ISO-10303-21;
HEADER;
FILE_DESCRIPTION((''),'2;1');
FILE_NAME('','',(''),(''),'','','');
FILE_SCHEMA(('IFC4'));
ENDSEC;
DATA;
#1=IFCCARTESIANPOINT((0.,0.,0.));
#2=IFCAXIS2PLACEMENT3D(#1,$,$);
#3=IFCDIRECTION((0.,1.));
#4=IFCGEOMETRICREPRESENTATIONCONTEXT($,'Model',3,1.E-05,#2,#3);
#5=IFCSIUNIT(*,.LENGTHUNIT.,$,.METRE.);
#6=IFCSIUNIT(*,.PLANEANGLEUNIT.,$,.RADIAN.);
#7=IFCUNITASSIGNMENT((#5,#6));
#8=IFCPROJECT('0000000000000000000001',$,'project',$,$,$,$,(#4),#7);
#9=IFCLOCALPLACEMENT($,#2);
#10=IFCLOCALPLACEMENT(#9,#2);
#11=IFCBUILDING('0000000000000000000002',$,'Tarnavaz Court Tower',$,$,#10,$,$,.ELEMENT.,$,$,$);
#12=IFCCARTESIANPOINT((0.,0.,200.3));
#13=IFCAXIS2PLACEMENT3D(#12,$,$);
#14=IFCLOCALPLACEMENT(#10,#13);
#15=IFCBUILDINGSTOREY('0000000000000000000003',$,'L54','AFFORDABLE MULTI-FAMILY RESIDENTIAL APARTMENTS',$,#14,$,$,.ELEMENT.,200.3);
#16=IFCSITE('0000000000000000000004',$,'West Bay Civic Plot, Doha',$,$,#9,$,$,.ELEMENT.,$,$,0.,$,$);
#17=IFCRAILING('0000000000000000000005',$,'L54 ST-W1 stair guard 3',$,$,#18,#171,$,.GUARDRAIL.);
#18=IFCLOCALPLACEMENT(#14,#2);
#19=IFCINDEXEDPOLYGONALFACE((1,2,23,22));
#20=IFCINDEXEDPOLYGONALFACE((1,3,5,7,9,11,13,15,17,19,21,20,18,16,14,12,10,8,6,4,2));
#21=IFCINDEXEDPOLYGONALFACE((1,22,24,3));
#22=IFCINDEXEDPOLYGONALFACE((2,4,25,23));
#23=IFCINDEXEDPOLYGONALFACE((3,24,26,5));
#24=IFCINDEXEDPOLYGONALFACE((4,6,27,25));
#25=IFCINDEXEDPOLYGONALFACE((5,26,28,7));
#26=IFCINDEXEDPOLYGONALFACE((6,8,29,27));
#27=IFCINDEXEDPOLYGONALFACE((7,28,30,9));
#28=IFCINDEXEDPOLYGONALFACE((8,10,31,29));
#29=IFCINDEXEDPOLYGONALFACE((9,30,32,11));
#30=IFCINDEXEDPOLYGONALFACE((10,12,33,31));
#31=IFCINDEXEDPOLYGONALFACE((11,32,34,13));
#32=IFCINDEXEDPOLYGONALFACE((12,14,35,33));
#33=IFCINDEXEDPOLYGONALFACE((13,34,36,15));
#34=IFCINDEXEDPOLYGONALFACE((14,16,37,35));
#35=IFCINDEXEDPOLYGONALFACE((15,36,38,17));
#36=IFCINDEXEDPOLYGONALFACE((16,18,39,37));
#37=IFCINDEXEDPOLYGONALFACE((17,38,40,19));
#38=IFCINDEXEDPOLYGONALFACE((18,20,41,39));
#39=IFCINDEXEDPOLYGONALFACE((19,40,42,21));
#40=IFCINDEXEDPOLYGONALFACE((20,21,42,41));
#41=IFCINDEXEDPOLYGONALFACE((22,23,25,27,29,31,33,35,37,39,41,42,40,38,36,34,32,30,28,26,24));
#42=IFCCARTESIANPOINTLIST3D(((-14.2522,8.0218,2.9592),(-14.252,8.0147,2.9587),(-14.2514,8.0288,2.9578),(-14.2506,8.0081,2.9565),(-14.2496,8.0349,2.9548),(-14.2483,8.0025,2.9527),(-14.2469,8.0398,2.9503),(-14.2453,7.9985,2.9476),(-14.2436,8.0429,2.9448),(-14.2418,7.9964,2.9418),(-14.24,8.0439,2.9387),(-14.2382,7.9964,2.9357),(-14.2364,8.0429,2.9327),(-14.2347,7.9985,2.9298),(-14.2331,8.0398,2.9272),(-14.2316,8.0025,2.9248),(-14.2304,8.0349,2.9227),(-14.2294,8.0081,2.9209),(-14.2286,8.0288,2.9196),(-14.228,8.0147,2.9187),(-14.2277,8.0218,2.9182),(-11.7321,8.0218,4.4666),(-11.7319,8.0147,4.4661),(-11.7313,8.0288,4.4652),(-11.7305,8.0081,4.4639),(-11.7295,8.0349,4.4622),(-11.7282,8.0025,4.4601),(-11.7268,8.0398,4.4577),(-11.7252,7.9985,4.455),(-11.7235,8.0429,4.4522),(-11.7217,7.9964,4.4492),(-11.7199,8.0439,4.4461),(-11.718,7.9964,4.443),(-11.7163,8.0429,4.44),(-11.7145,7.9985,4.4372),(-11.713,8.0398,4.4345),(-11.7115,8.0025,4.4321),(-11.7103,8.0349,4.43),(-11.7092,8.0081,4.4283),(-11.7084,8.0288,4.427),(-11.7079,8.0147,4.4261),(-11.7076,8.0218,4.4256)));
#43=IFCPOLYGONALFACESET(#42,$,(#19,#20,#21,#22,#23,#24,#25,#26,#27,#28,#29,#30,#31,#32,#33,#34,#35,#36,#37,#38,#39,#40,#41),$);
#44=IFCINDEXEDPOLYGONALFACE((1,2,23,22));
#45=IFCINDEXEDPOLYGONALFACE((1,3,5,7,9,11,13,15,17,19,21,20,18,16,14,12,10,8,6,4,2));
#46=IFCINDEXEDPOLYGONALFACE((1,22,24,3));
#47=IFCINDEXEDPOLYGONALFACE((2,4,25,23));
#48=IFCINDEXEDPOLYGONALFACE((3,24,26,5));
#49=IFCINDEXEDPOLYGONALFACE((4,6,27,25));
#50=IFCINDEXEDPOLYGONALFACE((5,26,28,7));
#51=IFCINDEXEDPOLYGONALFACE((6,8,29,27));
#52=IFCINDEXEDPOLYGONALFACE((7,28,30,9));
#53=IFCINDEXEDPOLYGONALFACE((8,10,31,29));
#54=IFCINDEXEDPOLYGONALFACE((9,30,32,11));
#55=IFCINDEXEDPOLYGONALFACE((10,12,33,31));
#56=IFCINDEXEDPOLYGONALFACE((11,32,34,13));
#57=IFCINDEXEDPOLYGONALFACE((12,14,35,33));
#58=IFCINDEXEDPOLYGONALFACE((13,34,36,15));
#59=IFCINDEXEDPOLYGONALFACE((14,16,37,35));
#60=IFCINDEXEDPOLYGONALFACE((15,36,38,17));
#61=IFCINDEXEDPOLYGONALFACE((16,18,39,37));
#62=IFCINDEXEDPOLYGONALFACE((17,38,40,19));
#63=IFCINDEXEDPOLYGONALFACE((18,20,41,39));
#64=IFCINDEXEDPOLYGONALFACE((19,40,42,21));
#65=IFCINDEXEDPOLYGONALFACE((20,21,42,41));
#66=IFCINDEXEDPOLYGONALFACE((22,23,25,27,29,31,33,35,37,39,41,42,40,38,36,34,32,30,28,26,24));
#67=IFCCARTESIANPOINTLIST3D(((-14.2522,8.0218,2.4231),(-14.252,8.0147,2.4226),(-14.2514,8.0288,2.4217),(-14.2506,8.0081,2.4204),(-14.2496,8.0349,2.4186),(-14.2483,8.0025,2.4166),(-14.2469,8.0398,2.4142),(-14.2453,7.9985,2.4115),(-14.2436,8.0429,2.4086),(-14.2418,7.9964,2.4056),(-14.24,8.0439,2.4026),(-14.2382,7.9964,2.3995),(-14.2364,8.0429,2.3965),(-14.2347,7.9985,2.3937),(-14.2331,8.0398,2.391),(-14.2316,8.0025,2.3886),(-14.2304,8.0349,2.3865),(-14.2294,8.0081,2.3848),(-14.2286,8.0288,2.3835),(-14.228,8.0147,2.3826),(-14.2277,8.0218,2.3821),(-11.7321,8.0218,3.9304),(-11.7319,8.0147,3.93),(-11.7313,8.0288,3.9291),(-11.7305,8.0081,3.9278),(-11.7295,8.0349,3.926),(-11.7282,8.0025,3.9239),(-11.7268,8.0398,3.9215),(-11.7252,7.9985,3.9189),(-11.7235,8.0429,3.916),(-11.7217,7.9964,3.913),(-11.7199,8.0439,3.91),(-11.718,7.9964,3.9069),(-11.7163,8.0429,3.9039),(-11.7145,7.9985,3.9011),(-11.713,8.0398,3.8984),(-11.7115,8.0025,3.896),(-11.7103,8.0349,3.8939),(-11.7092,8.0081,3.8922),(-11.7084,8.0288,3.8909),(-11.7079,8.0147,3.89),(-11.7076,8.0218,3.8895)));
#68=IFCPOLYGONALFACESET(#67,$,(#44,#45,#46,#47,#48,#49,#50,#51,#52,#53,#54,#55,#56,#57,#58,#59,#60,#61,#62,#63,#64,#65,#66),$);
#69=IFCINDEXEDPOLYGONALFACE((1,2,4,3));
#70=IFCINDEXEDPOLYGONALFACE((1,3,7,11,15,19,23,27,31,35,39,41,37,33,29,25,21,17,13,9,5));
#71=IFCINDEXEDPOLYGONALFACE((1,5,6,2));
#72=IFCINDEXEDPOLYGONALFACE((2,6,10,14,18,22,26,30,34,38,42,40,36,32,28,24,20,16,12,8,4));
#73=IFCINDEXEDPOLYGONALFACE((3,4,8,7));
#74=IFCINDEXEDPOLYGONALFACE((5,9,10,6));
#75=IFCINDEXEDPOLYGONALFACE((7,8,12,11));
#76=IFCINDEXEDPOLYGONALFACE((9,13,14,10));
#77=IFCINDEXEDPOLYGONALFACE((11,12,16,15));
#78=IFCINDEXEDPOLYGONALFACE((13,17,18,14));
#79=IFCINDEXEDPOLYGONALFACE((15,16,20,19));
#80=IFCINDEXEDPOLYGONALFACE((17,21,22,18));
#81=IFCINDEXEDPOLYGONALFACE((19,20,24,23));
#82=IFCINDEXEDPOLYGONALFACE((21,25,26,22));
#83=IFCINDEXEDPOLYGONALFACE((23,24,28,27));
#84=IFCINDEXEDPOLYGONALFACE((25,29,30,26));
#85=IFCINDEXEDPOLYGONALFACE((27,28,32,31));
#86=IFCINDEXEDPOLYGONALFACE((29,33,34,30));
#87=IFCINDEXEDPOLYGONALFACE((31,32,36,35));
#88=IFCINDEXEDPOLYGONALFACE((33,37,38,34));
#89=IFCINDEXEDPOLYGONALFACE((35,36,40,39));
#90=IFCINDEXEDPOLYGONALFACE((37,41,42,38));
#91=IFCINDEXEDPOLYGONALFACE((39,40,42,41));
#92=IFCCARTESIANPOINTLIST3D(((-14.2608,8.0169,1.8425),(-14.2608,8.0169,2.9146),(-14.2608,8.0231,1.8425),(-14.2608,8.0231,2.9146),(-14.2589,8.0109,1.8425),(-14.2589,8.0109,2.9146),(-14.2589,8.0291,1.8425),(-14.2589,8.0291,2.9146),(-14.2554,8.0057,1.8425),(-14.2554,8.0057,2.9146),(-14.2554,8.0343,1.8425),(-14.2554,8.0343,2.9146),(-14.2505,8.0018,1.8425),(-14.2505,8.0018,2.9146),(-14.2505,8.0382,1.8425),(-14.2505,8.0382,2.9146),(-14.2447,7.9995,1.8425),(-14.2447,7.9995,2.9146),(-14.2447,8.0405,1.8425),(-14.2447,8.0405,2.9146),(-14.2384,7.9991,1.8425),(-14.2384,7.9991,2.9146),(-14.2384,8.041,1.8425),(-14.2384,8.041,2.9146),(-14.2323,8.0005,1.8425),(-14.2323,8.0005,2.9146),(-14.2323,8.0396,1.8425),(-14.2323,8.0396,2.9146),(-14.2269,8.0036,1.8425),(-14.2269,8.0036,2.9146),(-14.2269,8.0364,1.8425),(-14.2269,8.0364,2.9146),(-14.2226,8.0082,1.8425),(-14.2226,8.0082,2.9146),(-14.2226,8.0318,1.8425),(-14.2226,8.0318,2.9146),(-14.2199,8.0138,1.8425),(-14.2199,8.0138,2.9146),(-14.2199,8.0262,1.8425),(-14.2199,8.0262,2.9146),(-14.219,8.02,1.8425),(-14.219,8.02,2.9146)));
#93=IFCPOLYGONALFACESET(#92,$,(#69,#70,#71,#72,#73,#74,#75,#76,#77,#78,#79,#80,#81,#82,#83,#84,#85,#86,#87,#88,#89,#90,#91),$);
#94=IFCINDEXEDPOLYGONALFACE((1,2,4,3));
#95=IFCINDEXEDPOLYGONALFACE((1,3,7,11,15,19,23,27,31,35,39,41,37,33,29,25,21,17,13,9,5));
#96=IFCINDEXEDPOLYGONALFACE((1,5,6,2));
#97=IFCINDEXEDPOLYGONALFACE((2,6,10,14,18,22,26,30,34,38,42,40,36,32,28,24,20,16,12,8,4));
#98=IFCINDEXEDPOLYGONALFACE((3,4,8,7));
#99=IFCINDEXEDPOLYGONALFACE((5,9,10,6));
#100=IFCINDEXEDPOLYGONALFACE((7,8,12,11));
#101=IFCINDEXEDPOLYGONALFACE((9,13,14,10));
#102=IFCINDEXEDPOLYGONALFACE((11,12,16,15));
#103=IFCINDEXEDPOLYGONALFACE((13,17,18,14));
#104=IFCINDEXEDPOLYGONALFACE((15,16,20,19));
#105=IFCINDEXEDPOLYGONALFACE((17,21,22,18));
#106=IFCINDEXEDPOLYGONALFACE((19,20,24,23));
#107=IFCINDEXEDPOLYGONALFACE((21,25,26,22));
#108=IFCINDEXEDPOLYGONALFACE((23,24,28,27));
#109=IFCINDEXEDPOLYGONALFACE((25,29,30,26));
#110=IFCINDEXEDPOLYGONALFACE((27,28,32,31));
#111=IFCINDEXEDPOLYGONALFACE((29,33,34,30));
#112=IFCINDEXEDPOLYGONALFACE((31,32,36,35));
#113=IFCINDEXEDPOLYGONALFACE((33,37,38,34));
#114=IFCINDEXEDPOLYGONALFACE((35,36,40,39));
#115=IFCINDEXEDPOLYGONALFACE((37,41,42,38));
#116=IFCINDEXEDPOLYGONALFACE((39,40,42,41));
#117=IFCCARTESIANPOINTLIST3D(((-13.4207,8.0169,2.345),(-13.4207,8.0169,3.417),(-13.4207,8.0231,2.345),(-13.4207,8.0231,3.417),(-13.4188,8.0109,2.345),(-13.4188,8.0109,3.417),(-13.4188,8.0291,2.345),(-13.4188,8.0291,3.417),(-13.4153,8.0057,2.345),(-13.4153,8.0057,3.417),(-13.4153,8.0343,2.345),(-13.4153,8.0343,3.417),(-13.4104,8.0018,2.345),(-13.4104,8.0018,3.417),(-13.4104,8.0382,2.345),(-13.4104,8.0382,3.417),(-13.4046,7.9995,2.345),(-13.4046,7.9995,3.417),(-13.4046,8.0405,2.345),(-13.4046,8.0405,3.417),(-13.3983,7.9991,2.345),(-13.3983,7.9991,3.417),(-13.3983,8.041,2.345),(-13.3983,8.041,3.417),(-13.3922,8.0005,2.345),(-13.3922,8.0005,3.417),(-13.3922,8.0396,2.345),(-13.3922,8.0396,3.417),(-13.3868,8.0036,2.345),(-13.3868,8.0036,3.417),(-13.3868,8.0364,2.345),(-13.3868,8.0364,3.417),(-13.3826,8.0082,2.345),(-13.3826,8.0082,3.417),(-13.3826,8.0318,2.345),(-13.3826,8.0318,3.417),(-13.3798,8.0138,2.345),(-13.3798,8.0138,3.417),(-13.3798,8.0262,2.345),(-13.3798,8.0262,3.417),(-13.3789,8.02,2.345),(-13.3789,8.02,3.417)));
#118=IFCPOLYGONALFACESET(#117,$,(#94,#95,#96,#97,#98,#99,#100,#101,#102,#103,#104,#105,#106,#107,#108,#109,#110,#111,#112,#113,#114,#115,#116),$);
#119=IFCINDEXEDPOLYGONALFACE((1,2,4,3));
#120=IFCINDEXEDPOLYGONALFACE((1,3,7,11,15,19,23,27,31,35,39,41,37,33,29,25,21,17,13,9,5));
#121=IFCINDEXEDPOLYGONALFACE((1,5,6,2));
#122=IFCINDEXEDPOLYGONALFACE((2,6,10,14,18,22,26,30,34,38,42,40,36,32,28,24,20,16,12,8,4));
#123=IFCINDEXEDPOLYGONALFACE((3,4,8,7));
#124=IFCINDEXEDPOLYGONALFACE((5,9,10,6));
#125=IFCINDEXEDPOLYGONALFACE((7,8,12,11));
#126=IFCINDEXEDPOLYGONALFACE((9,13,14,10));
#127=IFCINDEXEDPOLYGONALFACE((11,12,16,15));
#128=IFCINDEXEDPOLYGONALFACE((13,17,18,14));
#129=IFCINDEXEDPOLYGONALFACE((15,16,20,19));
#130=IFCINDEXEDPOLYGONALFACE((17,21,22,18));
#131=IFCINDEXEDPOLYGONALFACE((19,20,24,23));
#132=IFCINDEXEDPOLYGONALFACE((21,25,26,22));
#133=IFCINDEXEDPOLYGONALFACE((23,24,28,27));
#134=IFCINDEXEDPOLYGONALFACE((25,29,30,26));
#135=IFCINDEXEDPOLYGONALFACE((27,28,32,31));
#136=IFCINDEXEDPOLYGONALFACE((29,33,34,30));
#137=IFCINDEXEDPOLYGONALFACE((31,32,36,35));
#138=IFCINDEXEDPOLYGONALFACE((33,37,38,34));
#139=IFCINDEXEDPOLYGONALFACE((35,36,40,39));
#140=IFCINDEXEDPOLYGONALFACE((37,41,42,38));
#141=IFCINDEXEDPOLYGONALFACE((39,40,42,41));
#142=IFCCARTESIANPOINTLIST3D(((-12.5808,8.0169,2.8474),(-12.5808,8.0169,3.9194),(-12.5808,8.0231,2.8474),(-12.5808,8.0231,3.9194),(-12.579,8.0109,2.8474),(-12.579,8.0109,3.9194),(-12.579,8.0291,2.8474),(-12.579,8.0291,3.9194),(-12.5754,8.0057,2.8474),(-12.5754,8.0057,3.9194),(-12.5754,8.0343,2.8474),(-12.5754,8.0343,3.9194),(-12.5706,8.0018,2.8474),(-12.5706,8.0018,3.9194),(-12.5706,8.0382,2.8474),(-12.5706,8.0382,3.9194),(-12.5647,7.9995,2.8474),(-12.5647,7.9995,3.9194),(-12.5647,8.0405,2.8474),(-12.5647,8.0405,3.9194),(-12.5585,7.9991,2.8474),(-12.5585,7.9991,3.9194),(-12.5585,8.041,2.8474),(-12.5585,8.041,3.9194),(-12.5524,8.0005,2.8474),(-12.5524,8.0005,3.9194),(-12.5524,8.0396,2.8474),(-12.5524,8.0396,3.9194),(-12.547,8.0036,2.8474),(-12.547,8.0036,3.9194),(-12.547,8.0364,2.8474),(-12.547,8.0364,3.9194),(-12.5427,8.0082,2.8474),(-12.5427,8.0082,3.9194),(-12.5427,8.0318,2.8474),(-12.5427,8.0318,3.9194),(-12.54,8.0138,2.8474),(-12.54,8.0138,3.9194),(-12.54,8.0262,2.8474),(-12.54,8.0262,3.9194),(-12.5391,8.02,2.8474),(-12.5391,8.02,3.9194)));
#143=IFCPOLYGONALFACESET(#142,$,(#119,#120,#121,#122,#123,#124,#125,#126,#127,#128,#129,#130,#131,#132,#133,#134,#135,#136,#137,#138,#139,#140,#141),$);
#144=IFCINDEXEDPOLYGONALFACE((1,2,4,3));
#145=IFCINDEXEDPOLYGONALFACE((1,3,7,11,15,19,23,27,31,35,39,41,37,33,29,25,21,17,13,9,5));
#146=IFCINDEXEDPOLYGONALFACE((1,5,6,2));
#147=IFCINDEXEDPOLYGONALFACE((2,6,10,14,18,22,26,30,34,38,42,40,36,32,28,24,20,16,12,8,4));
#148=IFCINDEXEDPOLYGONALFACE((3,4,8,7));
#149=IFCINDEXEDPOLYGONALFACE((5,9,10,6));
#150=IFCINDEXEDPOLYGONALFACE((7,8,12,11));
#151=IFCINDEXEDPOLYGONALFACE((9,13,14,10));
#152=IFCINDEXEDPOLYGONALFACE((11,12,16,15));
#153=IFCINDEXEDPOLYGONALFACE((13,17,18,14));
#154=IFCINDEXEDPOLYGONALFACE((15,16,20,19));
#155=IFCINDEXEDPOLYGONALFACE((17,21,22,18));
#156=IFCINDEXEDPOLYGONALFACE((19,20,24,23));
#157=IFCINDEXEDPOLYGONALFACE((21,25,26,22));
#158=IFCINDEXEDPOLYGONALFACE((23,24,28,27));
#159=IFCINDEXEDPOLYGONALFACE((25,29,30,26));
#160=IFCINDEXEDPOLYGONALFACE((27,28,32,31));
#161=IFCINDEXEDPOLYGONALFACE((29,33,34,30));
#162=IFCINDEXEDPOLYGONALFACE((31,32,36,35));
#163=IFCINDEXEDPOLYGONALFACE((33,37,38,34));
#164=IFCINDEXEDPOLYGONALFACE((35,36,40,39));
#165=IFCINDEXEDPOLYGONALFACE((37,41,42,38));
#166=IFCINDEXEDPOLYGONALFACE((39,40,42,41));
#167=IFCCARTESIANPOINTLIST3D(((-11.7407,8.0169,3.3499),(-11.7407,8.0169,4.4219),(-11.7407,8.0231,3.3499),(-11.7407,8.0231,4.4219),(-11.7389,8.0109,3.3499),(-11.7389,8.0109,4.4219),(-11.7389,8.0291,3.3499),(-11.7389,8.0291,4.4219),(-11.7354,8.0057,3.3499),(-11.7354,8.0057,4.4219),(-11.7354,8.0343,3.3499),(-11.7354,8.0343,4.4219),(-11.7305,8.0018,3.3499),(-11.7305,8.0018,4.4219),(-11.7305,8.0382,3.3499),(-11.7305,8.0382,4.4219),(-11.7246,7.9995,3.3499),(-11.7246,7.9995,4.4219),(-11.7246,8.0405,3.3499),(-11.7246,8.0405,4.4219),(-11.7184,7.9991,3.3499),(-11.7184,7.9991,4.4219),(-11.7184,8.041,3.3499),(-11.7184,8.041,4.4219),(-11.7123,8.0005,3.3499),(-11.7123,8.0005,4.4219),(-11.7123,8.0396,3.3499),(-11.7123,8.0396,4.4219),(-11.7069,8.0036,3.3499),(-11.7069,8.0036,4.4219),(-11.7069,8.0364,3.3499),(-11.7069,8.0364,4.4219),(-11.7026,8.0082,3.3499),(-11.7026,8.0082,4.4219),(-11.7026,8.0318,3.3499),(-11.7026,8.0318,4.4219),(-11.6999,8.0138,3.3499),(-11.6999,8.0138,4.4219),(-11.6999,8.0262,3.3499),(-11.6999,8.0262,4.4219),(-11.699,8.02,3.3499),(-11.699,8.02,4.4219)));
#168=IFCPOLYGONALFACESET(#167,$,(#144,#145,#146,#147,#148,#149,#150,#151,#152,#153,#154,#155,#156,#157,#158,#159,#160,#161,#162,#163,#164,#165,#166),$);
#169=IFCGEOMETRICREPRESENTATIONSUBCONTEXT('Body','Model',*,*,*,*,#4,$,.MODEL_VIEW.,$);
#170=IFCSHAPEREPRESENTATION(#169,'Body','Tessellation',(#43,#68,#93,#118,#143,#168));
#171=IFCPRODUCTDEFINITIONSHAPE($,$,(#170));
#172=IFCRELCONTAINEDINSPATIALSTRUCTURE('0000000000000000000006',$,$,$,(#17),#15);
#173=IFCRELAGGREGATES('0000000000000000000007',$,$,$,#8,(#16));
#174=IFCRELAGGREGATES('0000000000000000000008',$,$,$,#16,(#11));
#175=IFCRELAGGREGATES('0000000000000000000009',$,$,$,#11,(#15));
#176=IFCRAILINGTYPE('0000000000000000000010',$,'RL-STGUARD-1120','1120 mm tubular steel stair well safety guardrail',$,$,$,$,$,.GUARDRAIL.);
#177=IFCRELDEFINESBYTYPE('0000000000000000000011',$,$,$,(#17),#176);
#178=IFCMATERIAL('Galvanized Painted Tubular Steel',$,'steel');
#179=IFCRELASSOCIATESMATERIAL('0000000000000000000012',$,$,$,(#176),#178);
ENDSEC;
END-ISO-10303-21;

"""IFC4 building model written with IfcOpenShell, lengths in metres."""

from ifc_helpers import new_model, si_unit, direction, frame, origin, origin_2d, place, context, subcontext, project, spatial, circle, extrude, material, type_object, element, save


model = new_model("IFC4")

# Units and contexts
model_context = context("Model", 3, precision=1e-05, world=origin(), true_north=direction((0.0, 1.0)))
body_context = subcontext(model_context, "Body", "Model", "MODEL_VIEW")
ifc_project = project(units=[si_unit("LENGTHUNIT", "METRE"), si_unit("PLANEANGLEUNIT", "RADIAN")], contexts=[model_context])

# Site, building, storey
site_placement = place(None, origin())
site = spatial("IfcSite", under=ifc_project, at=site_placement, Name="West Bay Civic Plot, Doha", CompositionType="ELEMENT", RefElevation=0.0)
building_placement = place(site_placement, origin())
building = spatial("IfcBuilding", under=site, at=building_placement, Name="Tarnavaz Court Tower", CompositionType="ELEMENT")
storey_placement = place(building_placement, frame((0.0, 0.0, 200.3)))
storey = spatial("IfcBuildingStorey", under=building, at=storey_placement, Name="L54", Description="AFFORDABLE MULTI-FAMILY RESIDENTIAL APARTMENTS", CompositionType="ELEMENT", Elevation=200.3)

# Railing
ifc_material_1 = material(Name="Galvanized Painted Tubular Steel", Category="steel")
railing_type_1 = type_object("IfcRailingType", Name="RL-STGUARD-1120", Description="1120 mm tubular steel stair well safety guardrail", PredefinedType="GUARDRAIL", material=ifc_material_1)
railing_1_placement = place(storey_placement, frame((-14.24, 8.02, 1.8425)))
element("IfcRailing", 1, at=railing_1_placement, inside=storey, type_object=railing_type_1, Name="L54 ST-W1 stair guard 3", PredefinedType="GUARDRAIL", context=body_context, shape_type="SweptSolid", body=[
    extrude(circle(Radius=0.0239, at=origin_2d()), frame((0.0, 0.0, 1.0962), z_axis=(0.858196, 0.0, 0.513321), x_axis=(0.0, 1.0, 0.0)), (0.0, 0.0, 1.0), 2.9365),
    extrude(circle(Radius=0.0239, at=origin_2d()), frame((0.0, 0.0, 0.5601), z_axis=(0.858196, 0.0, 0.513321), x_axis=(0.0, 1.0, 0.0)), (0.0, 0.0, 1.0), 2.9365),
    extrude(circle(Radius=0.021, at=origin_2d()), origin(), (0.0, 0.0, 1.0), 1.072),
    extrude(circle(Radius=0.021, at=origin_2d()), frame((0.8401, 0.0, 0.5024)), (0.0, 0.0, 1.0), 1.072),
    extrude(circle(Radius=0.021, at=origin_2d()), frame((1.6799, 0.0, 1.0049)), (0.0, 0.0, 1.0), 1.072),
    extrude(circle(Radius=0.021, at=origin_2d()), frame((2.52, 0.0, 1.5073)), (0.0, 0.0, 1.0), 1.072),
])

save(model, "model.ifc")
